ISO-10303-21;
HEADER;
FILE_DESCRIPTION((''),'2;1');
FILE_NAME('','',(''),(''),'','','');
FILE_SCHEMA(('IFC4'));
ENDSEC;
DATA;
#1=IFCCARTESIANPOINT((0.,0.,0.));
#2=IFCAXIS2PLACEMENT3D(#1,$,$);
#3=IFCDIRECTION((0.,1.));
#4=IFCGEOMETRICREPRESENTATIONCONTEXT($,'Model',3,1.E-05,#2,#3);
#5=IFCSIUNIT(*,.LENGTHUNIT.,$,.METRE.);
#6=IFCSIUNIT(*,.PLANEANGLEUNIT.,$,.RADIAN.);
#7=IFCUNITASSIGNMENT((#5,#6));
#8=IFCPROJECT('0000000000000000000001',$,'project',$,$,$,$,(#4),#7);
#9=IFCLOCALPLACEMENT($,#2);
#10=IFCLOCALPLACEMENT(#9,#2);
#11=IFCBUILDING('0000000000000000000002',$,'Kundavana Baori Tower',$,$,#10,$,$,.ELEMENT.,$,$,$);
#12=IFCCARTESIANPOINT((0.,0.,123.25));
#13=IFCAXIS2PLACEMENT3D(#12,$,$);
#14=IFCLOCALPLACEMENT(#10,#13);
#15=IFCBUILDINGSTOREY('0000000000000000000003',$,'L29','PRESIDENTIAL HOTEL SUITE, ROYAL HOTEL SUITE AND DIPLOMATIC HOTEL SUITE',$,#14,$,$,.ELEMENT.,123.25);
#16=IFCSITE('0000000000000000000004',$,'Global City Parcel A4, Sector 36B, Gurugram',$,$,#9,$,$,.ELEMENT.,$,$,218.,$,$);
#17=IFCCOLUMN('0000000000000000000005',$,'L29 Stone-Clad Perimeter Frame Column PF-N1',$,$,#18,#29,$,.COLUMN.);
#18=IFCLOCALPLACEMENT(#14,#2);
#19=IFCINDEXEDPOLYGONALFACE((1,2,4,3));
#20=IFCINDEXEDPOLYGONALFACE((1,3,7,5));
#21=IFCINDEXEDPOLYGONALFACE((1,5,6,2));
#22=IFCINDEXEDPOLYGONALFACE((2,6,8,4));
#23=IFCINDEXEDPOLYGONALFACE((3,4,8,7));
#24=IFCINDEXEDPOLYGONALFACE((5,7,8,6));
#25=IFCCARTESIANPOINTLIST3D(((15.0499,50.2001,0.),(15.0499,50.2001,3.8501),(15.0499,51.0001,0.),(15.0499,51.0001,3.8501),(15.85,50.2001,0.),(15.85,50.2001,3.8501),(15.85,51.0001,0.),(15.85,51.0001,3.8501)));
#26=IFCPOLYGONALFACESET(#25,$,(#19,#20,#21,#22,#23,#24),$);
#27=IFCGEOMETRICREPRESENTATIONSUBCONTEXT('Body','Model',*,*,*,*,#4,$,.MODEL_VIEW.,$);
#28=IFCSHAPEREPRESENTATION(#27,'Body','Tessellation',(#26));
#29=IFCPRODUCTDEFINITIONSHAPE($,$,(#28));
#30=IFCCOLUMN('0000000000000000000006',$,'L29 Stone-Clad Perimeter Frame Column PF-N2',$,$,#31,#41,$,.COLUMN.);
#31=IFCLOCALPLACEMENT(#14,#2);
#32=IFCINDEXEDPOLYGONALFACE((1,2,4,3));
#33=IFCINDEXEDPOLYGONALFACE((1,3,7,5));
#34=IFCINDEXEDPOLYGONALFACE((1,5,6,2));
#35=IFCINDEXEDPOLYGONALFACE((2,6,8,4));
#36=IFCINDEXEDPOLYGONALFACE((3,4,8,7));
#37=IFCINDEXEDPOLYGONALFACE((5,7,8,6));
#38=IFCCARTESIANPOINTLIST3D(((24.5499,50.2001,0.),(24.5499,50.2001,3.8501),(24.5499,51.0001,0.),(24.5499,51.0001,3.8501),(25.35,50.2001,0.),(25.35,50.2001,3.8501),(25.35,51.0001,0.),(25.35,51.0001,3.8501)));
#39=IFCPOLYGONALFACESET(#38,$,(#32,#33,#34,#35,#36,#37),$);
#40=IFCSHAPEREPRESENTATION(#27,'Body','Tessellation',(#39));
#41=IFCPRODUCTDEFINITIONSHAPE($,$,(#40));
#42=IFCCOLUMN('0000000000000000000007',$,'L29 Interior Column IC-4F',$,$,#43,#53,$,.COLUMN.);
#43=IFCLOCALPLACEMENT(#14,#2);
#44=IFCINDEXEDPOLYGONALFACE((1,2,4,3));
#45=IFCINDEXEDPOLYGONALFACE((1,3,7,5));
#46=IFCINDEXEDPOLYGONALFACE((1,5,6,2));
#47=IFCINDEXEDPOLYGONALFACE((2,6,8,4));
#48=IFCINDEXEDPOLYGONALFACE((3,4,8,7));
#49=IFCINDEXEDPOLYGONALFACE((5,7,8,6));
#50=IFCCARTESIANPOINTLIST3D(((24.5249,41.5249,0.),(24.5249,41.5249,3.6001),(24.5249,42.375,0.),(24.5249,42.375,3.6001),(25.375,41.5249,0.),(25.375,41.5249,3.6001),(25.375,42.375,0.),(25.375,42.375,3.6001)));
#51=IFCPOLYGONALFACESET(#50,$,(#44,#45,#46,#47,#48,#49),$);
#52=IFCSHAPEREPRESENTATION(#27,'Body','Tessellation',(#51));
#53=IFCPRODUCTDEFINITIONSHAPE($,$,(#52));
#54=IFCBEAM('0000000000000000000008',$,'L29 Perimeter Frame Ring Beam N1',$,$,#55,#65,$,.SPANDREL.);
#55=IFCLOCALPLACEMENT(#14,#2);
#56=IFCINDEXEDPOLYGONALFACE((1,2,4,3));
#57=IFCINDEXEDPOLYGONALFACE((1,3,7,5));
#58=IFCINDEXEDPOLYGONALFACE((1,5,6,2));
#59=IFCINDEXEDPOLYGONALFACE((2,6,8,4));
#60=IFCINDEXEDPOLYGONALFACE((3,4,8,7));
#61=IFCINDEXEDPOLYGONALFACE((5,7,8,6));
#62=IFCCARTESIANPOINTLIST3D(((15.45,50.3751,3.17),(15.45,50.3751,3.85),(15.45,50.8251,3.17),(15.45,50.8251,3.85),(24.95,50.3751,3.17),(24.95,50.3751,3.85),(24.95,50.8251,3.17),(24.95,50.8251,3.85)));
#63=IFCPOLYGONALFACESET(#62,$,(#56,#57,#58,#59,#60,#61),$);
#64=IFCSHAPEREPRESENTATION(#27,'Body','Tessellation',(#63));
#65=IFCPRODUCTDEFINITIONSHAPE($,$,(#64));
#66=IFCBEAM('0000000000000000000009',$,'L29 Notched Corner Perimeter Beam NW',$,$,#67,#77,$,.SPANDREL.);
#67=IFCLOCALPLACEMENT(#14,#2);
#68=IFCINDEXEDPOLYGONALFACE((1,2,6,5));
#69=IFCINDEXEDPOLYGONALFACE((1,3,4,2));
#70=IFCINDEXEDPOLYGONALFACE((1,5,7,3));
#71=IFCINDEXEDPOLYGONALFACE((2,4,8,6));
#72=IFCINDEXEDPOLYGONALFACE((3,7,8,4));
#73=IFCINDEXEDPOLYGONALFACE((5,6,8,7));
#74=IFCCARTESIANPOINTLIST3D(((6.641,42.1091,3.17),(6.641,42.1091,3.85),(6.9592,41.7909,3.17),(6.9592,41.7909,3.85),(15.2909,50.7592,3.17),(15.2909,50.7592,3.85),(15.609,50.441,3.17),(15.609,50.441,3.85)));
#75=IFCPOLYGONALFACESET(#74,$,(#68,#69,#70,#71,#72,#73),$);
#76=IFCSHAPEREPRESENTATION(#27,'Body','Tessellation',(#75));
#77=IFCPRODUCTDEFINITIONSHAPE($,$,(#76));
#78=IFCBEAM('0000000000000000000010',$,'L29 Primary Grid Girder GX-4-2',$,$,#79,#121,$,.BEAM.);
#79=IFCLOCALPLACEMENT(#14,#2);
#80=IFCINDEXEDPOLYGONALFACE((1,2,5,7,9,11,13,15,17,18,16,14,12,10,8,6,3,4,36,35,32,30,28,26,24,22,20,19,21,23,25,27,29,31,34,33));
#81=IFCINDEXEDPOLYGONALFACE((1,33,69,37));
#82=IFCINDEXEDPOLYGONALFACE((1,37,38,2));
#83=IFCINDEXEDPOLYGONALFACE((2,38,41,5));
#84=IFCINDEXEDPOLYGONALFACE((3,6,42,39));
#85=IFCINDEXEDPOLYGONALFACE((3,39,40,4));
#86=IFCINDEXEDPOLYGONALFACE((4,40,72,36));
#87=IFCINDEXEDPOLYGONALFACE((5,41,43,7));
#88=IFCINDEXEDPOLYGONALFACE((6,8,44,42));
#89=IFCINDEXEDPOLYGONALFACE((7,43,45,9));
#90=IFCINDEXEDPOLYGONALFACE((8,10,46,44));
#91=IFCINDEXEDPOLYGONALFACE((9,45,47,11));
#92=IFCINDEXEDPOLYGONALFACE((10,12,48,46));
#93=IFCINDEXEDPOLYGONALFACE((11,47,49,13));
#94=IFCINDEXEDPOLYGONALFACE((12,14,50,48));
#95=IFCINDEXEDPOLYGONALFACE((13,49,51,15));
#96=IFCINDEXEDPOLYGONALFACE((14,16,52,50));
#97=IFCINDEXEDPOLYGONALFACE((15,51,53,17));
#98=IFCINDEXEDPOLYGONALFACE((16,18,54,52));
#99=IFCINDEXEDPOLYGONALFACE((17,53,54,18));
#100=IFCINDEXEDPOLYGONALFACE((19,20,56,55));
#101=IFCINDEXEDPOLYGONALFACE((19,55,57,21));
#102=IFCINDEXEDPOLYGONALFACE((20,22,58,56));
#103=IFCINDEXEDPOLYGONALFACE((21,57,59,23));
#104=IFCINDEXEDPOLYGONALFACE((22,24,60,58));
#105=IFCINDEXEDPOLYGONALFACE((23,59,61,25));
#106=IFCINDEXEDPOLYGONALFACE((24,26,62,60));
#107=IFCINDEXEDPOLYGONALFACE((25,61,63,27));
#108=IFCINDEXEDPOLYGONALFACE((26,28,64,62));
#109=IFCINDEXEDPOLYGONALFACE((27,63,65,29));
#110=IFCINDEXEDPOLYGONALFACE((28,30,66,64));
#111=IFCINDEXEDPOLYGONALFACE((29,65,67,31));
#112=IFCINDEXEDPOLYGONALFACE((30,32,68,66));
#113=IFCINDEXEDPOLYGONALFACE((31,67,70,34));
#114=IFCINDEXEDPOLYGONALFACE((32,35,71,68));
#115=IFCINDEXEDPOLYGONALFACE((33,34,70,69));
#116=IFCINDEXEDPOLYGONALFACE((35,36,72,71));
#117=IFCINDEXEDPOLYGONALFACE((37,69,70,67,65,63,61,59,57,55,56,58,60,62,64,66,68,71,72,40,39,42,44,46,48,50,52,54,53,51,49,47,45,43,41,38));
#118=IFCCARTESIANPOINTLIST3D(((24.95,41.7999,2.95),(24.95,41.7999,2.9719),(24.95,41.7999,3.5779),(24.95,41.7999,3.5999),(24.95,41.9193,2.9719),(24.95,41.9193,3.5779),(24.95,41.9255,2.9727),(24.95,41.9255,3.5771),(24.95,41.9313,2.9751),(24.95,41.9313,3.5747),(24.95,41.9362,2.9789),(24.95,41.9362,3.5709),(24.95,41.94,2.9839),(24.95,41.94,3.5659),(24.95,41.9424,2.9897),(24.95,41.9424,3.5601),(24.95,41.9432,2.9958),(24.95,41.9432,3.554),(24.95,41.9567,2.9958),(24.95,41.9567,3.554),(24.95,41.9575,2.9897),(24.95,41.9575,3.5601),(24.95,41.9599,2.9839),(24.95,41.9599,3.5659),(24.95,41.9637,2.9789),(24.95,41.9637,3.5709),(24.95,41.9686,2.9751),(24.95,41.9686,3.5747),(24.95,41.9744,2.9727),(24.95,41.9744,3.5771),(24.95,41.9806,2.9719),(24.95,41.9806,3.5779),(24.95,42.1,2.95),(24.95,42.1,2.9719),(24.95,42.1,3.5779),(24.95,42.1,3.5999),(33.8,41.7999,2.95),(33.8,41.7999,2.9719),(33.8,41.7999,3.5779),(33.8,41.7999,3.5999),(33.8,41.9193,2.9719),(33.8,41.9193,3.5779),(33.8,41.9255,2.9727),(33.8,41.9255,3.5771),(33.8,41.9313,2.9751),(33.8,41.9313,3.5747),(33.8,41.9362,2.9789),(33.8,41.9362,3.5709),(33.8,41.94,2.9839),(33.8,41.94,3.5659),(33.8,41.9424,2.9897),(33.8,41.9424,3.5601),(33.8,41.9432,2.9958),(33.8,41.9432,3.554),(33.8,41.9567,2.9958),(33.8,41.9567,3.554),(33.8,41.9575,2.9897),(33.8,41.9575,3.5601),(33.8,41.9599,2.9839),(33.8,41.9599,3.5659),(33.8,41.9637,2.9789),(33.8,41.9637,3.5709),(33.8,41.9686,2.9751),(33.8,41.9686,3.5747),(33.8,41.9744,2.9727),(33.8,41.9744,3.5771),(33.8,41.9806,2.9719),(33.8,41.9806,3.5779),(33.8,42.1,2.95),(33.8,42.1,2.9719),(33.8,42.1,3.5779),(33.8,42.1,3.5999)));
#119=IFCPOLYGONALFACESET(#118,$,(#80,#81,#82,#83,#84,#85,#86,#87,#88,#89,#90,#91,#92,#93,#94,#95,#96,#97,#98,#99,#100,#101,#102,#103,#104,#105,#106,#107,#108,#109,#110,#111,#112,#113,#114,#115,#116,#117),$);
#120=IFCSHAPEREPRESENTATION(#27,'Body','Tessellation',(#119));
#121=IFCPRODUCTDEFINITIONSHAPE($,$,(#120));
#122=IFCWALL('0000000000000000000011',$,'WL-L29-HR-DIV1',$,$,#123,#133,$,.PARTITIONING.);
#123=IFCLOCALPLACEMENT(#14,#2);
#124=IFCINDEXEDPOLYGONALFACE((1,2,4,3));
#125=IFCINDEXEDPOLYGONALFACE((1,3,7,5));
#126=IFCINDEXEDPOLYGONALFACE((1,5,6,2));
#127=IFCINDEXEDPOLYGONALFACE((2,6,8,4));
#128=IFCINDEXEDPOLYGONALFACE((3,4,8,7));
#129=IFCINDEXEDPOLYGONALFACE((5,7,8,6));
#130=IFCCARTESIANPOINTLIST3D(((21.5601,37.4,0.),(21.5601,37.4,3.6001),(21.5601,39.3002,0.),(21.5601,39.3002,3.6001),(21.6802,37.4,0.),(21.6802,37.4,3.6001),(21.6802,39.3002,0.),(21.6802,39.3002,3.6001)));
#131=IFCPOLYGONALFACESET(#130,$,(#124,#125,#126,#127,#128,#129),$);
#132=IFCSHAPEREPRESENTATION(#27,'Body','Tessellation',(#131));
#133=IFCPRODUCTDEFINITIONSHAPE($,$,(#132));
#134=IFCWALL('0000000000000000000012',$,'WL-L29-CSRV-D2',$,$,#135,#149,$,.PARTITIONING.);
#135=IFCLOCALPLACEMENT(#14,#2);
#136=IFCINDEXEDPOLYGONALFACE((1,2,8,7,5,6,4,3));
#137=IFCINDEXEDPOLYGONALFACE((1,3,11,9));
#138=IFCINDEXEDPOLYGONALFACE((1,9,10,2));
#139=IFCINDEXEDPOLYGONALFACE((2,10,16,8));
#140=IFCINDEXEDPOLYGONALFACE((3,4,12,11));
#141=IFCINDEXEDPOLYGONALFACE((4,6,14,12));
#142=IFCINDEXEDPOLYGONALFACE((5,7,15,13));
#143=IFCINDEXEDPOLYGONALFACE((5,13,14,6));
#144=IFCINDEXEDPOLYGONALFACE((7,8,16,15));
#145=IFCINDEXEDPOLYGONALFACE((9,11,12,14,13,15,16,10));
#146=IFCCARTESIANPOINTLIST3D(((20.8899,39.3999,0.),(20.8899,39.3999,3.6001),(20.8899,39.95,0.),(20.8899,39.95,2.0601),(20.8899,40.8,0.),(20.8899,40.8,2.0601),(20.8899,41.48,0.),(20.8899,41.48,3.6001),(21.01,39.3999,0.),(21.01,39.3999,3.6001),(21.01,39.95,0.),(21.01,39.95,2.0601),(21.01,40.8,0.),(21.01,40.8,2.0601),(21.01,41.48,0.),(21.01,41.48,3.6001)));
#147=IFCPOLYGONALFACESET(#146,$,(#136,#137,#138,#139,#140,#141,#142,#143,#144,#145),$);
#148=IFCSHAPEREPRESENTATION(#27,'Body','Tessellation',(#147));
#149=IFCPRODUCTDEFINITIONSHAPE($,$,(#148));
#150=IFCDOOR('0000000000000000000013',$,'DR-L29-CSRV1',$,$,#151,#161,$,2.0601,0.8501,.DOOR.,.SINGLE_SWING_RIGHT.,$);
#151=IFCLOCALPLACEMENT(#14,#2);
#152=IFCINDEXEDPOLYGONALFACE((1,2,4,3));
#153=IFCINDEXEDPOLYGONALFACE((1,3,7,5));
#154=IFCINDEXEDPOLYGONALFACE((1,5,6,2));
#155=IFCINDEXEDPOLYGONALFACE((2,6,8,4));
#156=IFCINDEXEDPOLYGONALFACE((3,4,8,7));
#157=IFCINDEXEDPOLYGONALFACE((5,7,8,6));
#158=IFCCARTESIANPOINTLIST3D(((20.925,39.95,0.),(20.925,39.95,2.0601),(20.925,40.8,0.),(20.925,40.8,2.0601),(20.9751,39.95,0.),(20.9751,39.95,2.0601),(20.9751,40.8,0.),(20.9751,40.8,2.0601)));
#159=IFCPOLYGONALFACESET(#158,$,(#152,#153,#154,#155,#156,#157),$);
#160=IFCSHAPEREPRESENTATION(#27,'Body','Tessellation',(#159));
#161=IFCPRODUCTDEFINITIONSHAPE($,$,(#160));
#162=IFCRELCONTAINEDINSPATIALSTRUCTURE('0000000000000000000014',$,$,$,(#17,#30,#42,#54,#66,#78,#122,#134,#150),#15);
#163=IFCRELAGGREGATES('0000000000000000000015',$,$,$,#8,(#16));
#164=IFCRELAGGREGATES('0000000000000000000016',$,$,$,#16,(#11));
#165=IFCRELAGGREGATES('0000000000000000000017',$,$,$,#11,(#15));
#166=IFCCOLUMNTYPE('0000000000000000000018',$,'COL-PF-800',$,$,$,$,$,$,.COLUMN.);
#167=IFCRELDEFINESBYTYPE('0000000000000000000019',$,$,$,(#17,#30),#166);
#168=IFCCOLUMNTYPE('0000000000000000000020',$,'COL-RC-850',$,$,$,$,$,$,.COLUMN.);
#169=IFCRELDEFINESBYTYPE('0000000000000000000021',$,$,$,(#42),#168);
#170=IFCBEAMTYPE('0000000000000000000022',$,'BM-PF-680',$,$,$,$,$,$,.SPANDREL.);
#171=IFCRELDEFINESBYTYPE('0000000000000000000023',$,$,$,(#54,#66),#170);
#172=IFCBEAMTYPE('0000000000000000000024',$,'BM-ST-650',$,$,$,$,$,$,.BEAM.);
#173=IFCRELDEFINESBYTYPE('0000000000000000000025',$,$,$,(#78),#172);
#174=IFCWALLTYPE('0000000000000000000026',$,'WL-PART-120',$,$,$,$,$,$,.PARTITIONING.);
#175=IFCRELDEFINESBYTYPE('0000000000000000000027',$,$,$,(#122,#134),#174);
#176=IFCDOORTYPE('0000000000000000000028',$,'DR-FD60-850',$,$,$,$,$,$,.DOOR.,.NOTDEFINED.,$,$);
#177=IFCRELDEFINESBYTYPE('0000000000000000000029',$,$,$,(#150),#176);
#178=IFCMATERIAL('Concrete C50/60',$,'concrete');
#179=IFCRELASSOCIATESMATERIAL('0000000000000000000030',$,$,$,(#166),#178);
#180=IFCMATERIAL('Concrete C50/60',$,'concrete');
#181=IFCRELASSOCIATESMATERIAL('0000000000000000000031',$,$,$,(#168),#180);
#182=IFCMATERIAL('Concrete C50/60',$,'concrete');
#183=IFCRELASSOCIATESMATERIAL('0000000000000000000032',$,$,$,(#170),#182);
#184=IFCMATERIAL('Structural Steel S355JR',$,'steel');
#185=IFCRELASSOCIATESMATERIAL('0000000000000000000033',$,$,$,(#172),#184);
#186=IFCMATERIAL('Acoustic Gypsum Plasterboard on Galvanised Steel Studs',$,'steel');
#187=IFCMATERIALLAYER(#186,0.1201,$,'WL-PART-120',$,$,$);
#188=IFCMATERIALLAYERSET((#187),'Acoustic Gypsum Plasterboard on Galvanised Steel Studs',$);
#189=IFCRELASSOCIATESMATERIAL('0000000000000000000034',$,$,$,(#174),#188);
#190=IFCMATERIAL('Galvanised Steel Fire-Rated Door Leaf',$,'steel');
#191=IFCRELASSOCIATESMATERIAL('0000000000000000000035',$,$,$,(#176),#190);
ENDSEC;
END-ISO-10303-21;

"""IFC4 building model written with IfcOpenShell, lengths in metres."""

from ifc_helpers import new_model, si_unit, direction, frame, frame_2d, origin, origin_2d, place, context, subcontext, project, spatial, rectangle, i_section, extrude, material, layer, layer_set, material_profile, profile_set, type_object, element, fill, save


model = new_model("IFC4")

# Units and contexts
model_context = context("Model", 3, precision=1e-05, world=origin(), true_north=direction((0.0, 1.0)))
body_context = subcontext(model_context, "Body", "Model", "MODEL_VIEW")
ifc_project = project(units=[si_unit("LENGTHUNIT", "METRE"), si_unit("PLANEANGLEUNIT", "RADIAN")], contexts=[model_context])

# Site, building, storey
site_placement = place(None, origin())
site = spatial("IfcSite", under=ifc_project, at=site_placement, Name="Global City Parcel A4, Sector 36B, Gurugram", CompositionType="ELEMENT", RefElevation=218.0)
building_placement = place(site_placement, origin())
building = spatial("IfcBuilding", under=site, at=building_placement, Name="Kundavana Baori Tower", CompositionType="ELEMENT")
storey_placement = place(building_placement, frame((0.0, 0.0, 123.25)))
storey = spatial("IfcBuildingStorey", under=building, at=storey_placement, Name="L29", Description="PRESIDENTIAL HOTEL SUITE, ROYAL HOTEL SUITE AND DIPLOMATIC HOTEL SUITE", CompositionType="ELEMENT", Elevation=123.25)

# Columns
ifc_material_1 = material(Name="Concrete C50/60", Category="concrete")
ifc_material_profile_1 = material_profile(ifc_material_1, rectangle(XDim=0.8, YDim=0.8, at=origin_2d()), Name="RC PF 800x800")
ifc_profile_set_1 = profile_set([ifc_material_profile_1], Name="Concrete C50/60")
column_type_1 = type_object("IfcColumnType", Name="COL-PF-800", PredefinedType="COLUMN", material=ifc_profile_set_1)
for number, where, z_axis, x_axis, name in (
    (1, (15.45, 50.6001, 0.0), (0.0, 0.0, 1.0), (1.0, 0.0, 0.0), "L29 Stone-Clad Perimeter Frame Column PF-N1"),
    (2, (24.95, 50.6001, 0.0), (0.0, 0.0, 1.0), (1.0, 0.0, 0.0), "L29 Stone-Clad Perimeter Frame Column PF-N2"),
):
    element("IfcColumn", number, at=place(storey_placement, frame(where, z_axis=z_axis, x_axis=x_axis)), inside=storey, type_object=column_type_1, Name=name, PredefinedType="COLUMN", context=body_context, shape_type="SweptSolid", body=[
        extrude(rectangle(XDim=0.8, YDim=0.8, at=origin_2d()), origin(), (0.0, 0.0, 1.0), 3.8501),
    ])
ifc_material_2 = material(Name="Concrete C50/60", Category="concrete")
ifc_material_profile_2 = material_profile(ifc_material_2, rectangle(XDim=0.8501, YDim=0.8501, at=origin_2d()), Name="RC 850x850")
ifc_profile_set_2 = profile_set([ifc_material_profile_2], Name="Concrete C50/60")
column_type_2 = type_object("IfcColumnType", Name="COL-RC-850", PredefinedType="COLUMN", material=ifc_profile_set_2)
column_placement = place(storey_placement, frame((24.95, 41.95, 0.0), z_axis=(0.0, 0.0, 1.0), x_axis=(1.0, 0.0, 0.0)))
element("IfcColumn", 3, at=column_placement, inside=storey, type_object=column_type_2, Name="L29 Interior Column IC-4F", PredefinedType="COLUMN", context=body_context, shape_type="SweptSolid", body=[
    extrude(rectangle(XDim=0.8501, YDim=0.8501, at=origin_2d()), origin(), (0.0, 0.0, 1.0), 3.6001),
])

# Beams
ifc_material_3 = material(Name="Concrete C50/60", Category="concrete")
ifc_material_profile_3 = material_profile(ifc_material_3, rectangle(XDim=0.45, YDim=0.6799, at=origin_2d()), Name="RC BM 450x680")
ifc_profile_set_3 = profile_set([ifc_material_profile_3], Name="Concrete C50/60")
beam_type_1 = type_object("IfcBeamType", Name="BM-PF-680", PredefinedType="SPANDREL", material=ifc_profile_set_3)
beam_1_placement = place(storey_placement, frame((15.45, 50.6001, 3.51), z_axis=(1.0, 0.0, 0.0), x_axis=(0.0, 1.0, 0.0)))
element("IfcBeam", 4, at=beam_1_placement, inside=storey, type_object=beam_type_1, Name="L29 Perimeter Frame Ring Beam N1", PredefinedType="SPANDREL", context=body_context, shape_type="SweptSolid", body=[
    extrude(rectangle(XDim=0.45, YDim=0.6799, at=origin_2d()), origin(), (0.0, 0.0, 1.0), 9.5),
])
beam_2_placement = place(storey_placement, frame((15.45, 50.6001, 3.51), z_axis=(-0.707097, -0.707117, 0.0), x_axis=(0.707117, -0.707097, 0.0)))
element("IfcBeam", 5, at=beam_2_placement, inside=storey, type_object=beam_type_1, Name="L29 Notched Corner Perimeter Beam NW", PredefinedType="SPANDREL", context=body_context, shape_type="SweptSolid", body=[
    extrude(rectangle(XDim=0.45, YDim=0.6799, at=origin_2d()), origin(), (0.0, 0.0, 1.0), 12.2329),
])
ifc_material_4 = material(Name="Structural Steel S355JR", Category="steel")
ifc_material_profile_4 = material_profile(ifc_material_4, i_section(OverallWidth=0.3, OverallDepth=0.6499, WebThickness=0.0134, FlangeThickness=0.022, FilletRadius=0.0239, at=origin_2d()), Name="NPB 650x300x155")
ifc_profile_set_4 = profile_set([ifc_material_profile_4], Name="Structural Steel S355JR")
beam_type_2 = type_object("IfcBeamType", Name="BM-ST-650", PredefinedType="BEAM", material=ifc_profile_set_4)
beam_3_placement = place(storey_placement, frame((24.95, 41.95, 3.2749), z_axis=(1.0, 0.0, 0.0), x_axis=(0.0, 1.0, 0.0)))
element("IfcBeam", 6, at=beam_3_placement, inside=storey, type_object=beam_type_2, Name="L29 Primary Grid Girder GX-4-2", PredefinedType="BEAM", context=body_context, shape_type="SweptSolid", body=[
    extrude(i_section(OverallWidth=0.3, OverallDepth=0.6499, WebThickness=0.0134, FlangeThickness=0.022, FilletRadius=0.0239, at=origin_2d()), origin(), (0.0, 0.0, 1.0), 8.8501),
])

# Wall
ifc_material_5 = material(Name="Acoustic Gypsum Plasterboard on Galvanised Steel Studs", Category="steel")
ifc_layer_1 = layer(ifc_material_5, 0.1201, Name="WL-PART-120")
ifc_layer_set_1 = layer_set([ifc_layer_1], Name="Acoustic Gypsum Plasterboard on Galvanised Steel Studs")
wall_type_1 = type_object("IfcWallType", Name="WL-PART-120", PredefinedType="PARTITIONING", material=ifc_layer_set_1)
wall_1_placement = place(storey_placement, frame((21.6201, 37.3999, 0.0), z_axis=(0.0, 0.0, 1.0), x_axis=(0.0, 1.0, 0.0)))
element("IfcWall", 7, at=wall_1_placement, inside=storey, type_object=wall_type_1, Name="WL-L29-HR-DIV1", PredefinedType="PARTITIONING", context=body_context, shape_type="SweptSolid", body=[
    extrude(rectangle(XDim=1.9001, YDim=0.1201, at=frame_2d((0.9502, 0.0))), origin(), (0.0, 0.0, 1.0), 3.6001),
])

# Wall, opening, door
wall_2_placement = place(storey_placement, frame((20.95, 39.3999, 0.0), z_axis=(0.0, 0.0, 1.0), x_axis=(0.0, 1.0, 0.0)))
wall_2 = element("IfcWall", 8, at=wall_2_placement, inside=storey, type_object=wall_type_1, Name="WL-L29-CSRV-D2", PredefinedType="PARTITIONING", context=body_context, shape_type="SweptSolid", body=[
    extrude(rectangle(XDim=2.0801, YDim=0.1201, at=frame_2d((1.04, 0.0))), origin(), (0.0, 0.0, 1.0), 3.6001),
])
opening_1_placement = place(wall_2_placement, frame((0.55, 0.0, 0.0)))
opening_1 = element("IfcOpeningElement", 9, at=opening_1_placement, cuts=wall_2, PredefinedType="OPENING", context=body_context, shape_type="SweptSolid", body=[
    extrude(rectangle(XDim=0.8501, YDim=2.0601, at=frame_2d((0.425, 1.03))), frame((0.0, 0.0701, 0.0), z_axis=(0.0, -1.0, 0.0), x_axis=(1.0, 0.0, 0.0)), (0.0, 0.0, 1.0), 0.1401),
])
ifc_material_6 = material(Name="Galvanised Steel Fire-Rated Door Leaf", Category="steel")
door_type_1 = type_object("IfcDoorType", Name="DR-FD60-850", OperationType="NOTDEFINED", PredefinedType="DOOR", material=ifc_material_6)
door_1_placement = place(opening_1_placement, origin())
door_1 = element("IfcDoor", 10, at=door_1_placement, inside=storey, type_object=door_type_1, Name="DR-L29-CSRV1", OperationType="SINGLE_SWING_RIGHT", OverallHeight=2.0601, OverallWidth=0.8501, PredefinedType="DOOR", context=body_context, shape_type="SweptSolid", body=[
    extrude(rectangle(XDim=0.8501, YDim=2.0601, at=frame_2d((0.425, 1.03))), frame((0.0, 0.0249, 0.0), z_axis=(0.0, -1.0, 0.0), x_axis=(1.0, 0.0, 0.0)), (0.0, 0.0, 1.0), 0.05),
])
fill(opening_1, door_1)

save(model, "model.ifc")
